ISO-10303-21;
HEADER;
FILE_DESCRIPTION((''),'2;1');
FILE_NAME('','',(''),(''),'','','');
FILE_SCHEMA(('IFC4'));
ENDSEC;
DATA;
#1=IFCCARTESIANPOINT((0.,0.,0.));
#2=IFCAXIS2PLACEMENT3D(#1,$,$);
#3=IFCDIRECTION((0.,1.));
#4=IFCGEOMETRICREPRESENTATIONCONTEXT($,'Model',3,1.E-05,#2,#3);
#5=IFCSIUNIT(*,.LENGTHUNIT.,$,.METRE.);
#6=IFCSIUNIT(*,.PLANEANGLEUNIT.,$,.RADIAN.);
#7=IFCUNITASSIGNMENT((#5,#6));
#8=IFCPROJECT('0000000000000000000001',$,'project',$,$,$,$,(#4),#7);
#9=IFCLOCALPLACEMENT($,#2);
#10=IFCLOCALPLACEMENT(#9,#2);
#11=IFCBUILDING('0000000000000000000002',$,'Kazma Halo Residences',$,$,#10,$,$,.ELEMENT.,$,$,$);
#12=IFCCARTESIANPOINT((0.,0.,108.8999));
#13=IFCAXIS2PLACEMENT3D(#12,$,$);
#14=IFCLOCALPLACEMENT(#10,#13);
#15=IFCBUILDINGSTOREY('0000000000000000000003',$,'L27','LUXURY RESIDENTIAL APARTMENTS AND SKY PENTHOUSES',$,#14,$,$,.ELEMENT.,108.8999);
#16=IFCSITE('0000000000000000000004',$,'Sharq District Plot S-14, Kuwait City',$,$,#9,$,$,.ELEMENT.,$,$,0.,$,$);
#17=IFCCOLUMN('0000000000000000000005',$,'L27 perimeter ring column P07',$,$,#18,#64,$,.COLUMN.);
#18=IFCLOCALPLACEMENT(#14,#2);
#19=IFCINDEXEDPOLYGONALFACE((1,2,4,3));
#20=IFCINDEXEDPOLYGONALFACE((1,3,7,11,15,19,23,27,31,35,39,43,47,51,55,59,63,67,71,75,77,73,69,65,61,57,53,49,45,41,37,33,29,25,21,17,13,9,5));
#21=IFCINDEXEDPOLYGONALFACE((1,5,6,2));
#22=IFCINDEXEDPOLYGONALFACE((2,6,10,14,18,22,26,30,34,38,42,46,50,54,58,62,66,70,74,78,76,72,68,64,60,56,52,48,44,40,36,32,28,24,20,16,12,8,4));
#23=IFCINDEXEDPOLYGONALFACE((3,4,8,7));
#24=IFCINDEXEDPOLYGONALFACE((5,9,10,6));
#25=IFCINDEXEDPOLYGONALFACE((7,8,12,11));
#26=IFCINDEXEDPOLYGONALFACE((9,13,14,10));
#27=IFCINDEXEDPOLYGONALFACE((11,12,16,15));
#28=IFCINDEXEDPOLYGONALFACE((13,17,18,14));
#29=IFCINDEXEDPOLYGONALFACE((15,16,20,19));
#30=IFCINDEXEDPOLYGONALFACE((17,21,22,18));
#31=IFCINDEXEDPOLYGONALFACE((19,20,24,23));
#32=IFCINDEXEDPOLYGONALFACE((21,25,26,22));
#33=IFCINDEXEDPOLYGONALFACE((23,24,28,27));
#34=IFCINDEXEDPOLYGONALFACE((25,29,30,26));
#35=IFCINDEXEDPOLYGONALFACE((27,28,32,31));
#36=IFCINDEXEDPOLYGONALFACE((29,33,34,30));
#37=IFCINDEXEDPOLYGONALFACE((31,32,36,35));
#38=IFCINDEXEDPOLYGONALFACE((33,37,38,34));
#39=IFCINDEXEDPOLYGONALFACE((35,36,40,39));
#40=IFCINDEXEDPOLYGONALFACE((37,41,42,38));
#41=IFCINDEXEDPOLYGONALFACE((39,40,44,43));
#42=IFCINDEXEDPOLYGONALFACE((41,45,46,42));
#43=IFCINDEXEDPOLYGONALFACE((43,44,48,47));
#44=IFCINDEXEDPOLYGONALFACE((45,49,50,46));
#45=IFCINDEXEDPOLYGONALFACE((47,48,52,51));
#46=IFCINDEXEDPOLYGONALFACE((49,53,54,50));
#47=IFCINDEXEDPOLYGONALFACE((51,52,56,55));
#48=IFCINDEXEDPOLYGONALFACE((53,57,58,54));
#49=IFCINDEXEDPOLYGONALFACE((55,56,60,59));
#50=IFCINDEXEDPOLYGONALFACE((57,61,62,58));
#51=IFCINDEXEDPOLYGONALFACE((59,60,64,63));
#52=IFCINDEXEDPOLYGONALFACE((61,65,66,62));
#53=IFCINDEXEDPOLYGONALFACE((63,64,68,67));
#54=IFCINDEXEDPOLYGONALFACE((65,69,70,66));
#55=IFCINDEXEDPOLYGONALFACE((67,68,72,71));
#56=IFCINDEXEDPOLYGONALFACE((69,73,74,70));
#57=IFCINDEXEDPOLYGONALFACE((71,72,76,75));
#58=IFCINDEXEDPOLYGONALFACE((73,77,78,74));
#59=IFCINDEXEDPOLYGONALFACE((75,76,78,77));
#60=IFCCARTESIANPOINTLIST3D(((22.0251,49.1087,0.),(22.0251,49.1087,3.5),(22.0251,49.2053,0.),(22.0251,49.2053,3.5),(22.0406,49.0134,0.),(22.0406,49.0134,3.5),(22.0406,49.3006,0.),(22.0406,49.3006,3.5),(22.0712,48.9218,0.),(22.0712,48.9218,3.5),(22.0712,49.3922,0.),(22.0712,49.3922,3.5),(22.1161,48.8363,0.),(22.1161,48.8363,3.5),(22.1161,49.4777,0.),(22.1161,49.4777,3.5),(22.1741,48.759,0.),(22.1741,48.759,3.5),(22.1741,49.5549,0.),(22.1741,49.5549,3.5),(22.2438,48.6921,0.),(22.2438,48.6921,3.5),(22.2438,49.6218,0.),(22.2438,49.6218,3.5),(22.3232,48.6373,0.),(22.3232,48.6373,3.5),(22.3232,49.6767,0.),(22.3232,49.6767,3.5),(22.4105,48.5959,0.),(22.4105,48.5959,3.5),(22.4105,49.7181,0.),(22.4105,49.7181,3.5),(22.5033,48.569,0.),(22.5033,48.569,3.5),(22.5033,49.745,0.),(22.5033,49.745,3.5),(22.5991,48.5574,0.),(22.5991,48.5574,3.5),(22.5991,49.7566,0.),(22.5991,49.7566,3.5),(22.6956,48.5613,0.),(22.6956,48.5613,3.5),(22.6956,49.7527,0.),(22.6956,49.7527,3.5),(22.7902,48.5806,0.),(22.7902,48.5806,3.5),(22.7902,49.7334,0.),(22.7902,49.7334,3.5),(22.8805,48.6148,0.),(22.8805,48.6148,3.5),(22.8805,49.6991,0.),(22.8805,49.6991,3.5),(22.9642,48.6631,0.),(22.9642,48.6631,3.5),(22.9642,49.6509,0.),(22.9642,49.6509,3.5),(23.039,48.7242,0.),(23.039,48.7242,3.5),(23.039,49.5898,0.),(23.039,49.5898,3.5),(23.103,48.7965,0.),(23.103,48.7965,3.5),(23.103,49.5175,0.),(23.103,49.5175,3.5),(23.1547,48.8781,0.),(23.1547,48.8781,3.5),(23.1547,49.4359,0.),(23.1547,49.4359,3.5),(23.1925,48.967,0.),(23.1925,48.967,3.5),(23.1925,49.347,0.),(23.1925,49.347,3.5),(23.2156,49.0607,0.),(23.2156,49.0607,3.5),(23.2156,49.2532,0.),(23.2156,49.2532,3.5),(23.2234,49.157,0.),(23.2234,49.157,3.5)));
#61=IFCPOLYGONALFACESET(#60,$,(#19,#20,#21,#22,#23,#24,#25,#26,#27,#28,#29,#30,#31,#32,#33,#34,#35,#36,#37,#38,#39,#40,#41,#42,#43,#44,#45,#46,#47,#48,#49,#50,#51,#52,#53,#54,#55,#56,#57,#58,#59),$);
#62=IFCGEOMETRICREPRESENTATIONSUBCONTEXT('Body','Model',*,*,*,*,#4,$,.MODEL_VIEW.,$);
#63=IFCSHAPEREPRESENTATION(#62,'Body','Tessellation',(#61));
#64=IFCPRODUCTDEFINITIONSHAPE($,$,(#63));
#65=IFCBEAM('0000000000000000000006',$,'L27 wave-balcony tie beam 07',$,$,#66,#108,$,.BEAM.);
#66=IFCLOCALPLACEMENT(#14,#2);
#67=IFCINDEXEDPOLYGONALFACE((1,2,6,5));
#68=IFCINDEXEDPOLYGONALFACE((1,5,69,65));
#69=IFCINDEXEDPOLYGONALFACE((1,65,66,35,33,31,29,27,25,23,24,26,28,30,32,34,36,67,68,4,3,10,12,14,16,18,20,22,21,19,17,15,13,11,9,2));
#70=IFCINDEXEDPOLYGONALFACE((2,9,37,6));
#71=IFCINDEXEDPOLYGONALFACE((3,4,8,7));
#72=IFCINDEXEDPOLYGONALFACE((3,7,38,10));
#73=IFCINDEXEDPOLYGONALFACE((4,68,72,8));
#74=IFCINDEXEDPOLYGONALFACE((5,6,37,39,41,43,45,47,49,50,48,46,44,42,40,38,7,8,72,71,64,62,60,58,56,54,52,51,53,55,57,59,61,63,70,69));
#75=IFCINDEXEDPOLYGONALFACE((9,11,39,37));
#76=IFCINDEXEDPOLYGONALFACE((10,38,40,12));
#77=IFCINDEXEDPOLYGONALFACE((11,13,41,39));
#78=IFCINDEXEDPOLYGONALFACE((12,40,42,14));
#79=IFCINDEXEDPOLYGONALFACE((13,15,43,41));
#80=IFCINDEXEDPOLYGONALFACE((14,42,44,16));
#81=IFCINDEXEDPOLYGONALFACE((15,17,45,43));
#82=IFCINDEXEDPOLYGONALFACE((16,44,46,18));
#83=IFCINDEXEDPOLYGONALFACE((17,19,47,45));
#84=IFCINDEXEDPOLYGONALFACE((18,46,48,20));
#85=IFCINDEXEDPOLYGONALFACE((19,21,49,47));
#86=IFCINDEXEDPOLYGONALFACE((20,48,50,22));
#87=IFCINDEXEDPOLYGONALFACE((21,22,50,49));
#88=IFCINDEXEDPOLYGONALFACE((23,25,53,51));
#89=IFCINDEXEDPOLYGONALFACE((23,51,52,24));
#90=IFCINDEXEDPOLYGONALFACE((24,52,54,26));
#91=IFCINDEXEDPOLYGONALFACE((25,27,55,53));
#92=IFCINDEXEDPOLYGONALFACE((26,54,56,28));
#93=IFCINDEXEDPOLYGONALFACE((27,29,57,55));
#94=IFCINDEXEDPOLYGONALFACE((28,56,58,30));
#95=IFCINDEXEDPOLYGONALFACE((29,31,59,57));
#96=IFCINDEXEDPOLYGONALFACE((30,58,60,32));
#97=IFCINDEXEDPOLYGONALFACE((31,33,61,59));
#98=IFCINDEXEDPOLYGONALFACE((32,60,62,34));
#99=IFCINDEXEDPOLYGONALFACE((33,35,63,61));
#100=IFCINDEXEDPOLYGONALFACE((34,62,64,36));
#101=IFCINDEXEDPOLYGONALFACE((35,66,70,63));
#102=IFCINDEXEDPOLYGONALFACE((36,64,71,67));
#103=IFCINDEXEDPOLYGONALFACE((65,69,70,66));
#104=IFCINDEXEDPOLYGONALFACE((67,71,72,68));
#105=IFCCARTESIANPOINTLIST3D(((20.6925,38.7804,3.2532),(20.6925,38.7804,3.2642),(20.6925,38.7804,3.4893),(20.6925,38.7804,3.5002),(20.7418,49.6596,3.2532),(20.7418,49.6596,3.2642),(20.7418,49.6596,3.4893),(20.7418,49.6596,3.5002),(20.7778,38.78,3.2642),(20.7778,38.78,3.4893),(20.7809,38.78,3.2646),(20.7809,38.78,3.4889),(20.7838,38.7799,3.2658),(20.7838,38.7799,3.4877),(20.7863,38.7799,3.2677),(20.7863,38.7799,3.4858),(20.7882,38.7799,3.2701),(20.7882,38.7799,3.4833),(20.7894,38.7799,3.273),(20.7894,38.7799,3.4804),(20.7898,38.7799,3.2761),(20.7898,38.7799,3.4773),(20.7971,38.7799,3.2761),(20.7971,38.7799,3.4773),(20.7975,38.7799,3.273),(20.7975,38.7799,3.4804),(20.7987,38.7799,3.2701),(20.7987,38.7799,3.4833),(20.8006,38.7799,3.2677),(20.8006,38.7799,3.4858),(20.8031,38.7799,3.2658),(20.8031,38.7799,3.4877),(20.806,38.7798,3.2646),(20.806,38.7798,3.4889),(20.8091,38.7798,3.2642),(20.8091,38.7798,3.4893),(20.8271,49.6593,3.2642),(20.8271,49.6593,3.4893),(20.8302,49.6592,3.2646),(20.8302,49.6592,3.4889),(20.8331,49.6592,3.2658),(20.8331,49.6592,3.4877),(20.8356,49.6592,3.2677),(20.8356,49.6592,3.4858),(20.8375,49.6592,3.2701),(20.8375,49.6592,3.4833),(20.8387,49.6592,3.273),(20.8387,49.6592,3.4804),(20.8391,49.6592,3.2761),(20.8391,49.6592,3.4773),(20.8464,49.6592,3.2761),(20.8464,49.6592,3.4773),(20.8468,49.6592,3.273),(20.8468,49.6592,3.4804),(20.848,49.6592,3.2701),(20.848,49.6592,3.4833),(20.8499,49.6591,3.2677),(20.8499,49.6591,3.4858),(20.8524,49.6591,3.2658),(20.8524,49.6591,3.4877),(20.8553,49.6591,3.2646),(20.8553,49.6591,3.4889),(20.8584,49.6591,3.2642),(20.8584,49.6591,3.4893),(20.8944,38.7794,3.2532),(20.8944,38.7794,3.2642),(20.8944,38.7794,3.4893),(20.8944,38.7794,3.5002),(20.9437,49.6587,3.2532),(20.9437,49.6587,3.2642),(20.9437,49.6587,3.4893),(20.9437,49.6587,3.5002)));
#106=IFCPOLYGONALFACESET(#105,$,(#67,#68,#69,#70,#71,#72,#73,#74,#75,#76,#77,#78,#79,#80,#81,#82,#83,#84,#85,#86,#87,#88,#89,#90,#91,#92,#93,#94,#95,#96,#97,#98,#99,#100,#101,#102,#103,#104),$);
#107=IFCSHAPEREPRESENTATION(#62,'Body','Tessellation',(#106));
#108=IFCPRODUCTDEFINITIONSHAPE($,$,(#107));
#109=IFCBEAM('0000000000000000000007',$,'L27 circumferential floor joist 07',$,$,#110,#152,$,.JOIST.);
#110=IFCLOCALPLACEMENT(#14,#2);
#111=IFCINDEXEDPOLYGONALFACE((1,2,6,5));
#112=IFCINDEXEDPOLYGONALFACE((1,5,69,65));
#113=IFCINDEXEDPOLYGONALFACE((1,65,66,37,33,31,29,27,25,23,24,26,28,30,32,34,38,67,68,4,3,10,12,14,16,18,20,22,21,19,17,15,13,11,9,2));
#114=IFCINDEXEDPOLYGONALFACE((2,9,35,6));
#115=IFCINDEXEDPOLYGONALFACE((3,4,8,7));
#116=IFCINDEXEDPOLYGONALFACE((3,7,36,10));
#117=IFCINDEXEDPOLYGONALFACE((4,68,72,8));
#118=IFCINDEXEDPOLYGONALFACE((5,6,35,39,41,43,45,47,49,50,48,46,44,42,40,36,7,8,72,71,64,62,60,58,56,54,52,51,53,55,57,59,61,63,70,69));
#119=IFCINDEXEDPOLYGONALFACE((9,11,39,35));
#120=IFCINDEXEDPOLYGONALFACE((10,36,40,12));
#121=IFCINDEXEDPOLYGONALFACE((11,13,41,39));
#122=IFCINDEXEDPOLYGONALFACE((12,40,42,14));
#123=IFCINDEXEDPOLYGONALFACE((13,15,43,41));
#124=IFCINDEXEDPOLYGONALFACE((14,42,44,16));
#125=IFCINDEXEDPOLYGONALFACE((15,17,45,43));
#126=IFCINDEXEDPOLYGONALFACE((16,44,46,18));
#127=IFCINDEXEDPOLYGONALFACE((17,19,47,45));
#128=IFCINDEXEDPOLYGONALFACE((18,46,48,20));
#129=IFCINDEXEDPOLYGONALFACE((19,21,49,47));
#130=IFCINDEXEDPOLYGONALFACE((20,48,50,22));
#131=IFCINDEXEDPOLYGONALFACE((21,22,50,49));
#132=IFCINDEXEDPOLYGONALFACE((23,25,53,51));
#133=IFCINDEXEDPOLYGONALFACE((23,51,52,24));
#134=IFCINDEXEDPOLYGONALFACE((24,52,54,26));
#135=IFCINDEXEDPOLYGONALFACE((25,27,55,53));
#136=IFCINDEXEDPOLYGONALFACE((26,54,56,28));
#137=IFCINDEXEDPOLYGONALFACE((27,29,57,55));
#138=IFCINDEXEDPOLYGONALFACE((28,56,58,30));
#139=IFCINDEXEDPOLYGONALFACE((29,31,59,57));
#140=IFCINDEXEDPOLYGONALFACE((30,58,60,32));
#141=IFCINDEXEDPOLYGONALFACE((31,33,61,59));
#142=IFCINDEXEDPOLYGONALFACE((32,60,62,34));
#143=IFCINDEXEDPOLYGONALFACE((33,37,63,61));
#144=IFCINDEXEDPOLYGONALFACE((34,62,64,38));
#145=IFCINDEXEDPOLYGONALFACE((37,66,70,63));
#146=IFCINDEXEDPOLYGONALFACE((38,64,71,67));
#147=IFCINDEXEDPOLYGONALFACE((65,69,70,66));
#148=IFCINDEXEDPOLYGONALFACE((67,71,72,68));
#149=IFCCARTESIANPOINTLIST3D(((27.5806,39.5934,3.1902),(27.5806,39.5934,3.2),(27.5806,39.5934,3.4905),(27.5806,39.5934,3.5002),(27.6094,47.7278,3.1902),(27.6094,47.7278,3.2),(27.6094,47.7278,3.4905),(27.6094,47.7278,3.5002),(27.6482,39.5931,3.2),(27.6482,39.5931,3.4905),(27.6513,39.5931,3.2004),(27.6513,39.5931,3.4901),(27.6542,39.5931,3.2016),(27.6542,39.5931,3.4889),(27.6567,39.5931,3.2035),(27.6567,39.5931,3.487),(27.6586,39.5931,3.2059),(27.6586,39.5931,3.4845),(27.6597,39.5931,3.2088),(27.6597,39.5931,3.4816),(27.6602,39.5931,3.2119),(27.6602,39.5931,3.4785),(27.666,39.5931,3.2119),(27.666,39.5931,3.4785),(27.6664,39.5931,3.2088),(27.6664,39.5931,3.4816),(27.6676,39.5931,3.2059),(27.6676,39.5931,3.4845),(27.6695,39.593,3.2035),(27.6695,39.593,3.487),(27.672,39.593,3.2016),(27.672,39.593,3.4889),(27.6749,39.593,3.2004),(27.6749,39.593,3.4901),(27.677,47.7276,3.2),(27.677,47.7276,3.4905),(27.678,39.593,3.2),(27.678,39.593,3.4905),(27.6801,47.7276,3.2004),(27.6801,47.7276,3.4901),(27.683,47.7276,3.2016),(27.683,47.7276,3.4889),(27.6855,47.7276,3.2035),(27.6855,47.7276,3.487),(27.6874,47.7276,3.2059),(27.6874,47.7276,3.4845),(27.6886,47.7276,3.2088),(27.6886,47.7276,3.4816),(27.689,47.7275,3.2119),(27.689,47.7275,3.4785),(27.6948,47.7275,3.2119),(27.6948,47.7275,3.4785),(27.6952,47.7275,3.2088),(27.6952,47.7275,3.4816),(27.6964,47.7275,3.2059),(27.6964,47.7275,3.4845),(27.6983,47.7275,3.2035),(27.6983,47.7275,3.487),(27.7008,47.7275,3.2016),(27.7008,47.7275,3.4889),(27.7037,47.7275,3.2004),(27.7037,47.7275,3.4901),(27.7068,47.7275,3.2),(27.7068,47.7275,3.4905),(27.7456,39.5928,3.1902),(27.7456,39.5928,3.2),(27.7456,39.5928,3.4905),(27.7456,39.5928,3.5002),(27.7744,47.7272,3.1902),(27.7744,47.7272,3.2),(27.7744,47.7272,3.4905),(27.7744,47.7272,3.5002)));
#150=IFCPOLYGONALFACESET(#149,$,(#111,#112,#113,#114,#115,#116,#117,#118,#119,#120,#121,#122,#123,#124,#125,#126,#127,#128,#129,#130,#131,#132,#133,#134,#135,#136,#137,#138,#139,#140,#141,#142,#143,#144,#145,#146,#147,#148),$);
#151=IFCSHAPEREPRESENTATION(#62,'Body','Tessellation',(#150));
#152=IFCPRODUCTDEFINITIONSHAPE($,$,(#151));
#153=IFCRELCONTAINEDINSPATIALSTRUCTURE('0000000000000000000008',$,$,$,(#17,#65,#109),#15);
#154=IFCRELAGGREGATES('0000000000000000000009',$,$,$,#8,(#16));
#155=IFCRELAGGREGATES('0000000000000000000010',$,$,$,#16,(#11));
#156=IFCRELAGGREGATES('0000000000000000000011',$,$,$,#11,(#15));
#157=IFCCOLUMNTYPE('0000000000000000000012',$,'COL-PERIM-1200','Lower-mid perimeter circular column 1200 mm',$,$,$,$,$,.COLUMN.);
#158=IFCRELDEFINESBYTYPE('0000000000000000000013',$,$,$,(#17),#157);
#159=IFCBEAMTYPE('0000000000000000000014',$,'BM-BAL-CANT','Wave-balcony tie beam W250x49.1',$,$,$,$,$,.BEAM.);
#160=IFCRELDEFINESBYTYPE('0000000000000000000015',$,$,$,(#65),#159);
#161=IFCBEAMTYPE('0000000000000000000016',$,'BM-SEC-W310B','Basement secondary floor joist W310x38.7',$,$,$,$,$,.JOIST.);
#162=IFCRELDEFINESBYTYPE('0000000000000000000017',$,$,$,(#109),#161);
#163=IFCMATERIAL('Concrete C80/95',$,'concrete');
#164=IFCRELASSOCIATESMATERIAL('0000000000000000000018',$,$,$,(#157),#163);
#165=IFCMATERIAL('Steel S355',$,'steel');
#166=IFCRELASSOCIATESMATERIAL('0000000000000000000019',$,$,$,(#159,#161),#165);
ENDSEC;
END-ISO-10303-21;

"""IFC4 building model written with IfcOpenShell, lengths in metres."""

from ifc_helpers import new_model, si_unit, direction, frame, origin, origin_2d, place, context, subcontext, project, spatial, circle, i_section, extrude, material, material_profile, profile_set, type_object, element, save


model = new_model("IFC4")

# Units and contexts
model_context = context("Model", 3, precision=1e-05, world=origin(), true_north=direction((0.0, 1.0)))
body_context = subcontext(model_context, "Body", "Model", "MODEL_VIEW")
ifc_project = project(units=[si_unit("LENGTHUNIT", "METRE"), si_unit("PLANEANGLEUNIT", "RADIAN")], contexts=[model_context])

# Site, building, storey
site_placement = place(None, origin())
site = spatial("IfcSite", under=ifc_project, at=site_placement, Name="Sharq District Plot S-14, Kuwait City", CompositionType="ELEMENT", RefElevation=0.0)
building_placement = place(site_placement, origin())
building = spatial("IfcBuilding", under=site, at=building_placement, Name="Kazma Halo Residences", CompositionType="ELEMENT")
storey_placement = place(building_placement, frame((0.0, 0.0, 108.8999)))
storey = spatial("IfcBuildingStorey", under=building, at=storey_placement, Name="L27", Description="LUXURY RESIDENTIAL APARTMENTS AND SKY PENTHOUSES", CompositionType="ELEMENT", Elevation=108.8999)

# Column
ifc_material_1 = material(Name="Concrete C80/95", Category="concrete")
ifc_material_profile_1 = material_profile(ifc_material_1, circle(Radius=0.6001, at=origin_2d()), Name="CIRC1200")
ifc_profile_set_1 = profile_set([ifc_material_profile_1], Name="Concrete C80/95")
column_type = type_object("IfcColumnType", Name="COL-PERIM-1200", Description="Lower-mid perimeter circular column 1200 mm", PredefinedType="COLUMN", material=ifc_profile_set_1)
column_placement = place(storey_placement, frame((22.6233, 49.157, 0.0), z_axis=(0.0, 0.0, 1.0), x_axis=(1.0, 0.0, 0.0)))
element("IfcColumn", 1, at=column_placement, inside=storey, type_object=column_type, Name="L27 perimeter ring column P07", PredefinedType="COLUMN", context=body_context, shape_type="SweptSolid", body=[
    extrude(circle(Radius=0.6001, at=origin_2d()), origin(), (0.0, 0.0, 1.0), 3.5),
])

# Beams
ifc_material_2 = material(Name="Steel S355", Category="steel")
ifc_material_profile_2 = material_profile(ifc_material_2, i_section(OverallWidth=0.2019, OverallDepth=0.2471, WebThickness=0.0073, FlangeThickness=0.011, FilletRadius=0.012, at=origin_2d()), Name="W250x49.1")
ifc_profile_set_2 = profile_set([ifc_material_profile_2], Name="Steel S355")
beam_type_1 = type_object("IfcBeamType", Name="BM-BAL-CANT", Description="Wave-balcony tie beam W250x49.1", PredefinedType="BEAM", material=ifc_profile_set_2)
beam_1_placement = place(storey_placement, frame((20.8428, 49.6592, 3.3767), z_axis=(-0.004533, -0.99999, 0.0), x_axis=(0.99999, -0.004533, 0.0)))
element("IfcBeam", 2, at=beam_1_placement, inside=storey, type_object=beam_type_1, Name="L27 wave-balcony tie beam 07", PredefinedType="BEAM", context=body_context, shape_type="SweptSolid", body=[
    extrude(i_section(OverallWidth=0.2019, OverallDepth=0.2471, WebThickness=0.0073, FlangeThickness=0.011, FilletRadius=0.012, at=origin_2d()), origin(), (0.0, 0.0, 1.0), 10.8794),
])
ifc_material_profile_3 = material_profile(ifc_material_2, i_section(OverallWidth=0.165, OverallDepth=0.3101, WebThickness=0.0059, FlangeThickness=0.0098, FilletRadius=0.012, at=origin_2d()), Name="W310x38.7")
ifc_profile_set_3 = profile_set([ifc_material_profile_3], Name="Steel S355")
beam_type_2 = type_object("IfcBeamType", Name="BM-SEC-W310B", Description="Basement secondary floor joist W310x38.7", PredefinedType="JOIST", material=ifc_profile_set_3)
beam_2_placement = place(storey_placement, frame((27.6919, 47.7275, 3.3452), z_axis=(-0.003542, -0.999994, 0.0), x_axis=(0.999994, -0.003542, 0.0)))
element("IfcBeam", 3, at=beam_2_placement, inside=storey, type_object=beam_type_2, Name="L27 circumferential floor joist 07", PredefinedType="JOIST", context=body_context, shape_type="SweptSolid", body=[
    extrude(i_section(OverallWidth=0.165, OverallDepth=0.3101, WebThickness=0.0059, FlangeThickness=0.0098, FilletRadius=0.012, at=origin_2d()), origin(), (0.0, 0.0, 1.0), 8.1345),
])

save(model, "model.ifc")
